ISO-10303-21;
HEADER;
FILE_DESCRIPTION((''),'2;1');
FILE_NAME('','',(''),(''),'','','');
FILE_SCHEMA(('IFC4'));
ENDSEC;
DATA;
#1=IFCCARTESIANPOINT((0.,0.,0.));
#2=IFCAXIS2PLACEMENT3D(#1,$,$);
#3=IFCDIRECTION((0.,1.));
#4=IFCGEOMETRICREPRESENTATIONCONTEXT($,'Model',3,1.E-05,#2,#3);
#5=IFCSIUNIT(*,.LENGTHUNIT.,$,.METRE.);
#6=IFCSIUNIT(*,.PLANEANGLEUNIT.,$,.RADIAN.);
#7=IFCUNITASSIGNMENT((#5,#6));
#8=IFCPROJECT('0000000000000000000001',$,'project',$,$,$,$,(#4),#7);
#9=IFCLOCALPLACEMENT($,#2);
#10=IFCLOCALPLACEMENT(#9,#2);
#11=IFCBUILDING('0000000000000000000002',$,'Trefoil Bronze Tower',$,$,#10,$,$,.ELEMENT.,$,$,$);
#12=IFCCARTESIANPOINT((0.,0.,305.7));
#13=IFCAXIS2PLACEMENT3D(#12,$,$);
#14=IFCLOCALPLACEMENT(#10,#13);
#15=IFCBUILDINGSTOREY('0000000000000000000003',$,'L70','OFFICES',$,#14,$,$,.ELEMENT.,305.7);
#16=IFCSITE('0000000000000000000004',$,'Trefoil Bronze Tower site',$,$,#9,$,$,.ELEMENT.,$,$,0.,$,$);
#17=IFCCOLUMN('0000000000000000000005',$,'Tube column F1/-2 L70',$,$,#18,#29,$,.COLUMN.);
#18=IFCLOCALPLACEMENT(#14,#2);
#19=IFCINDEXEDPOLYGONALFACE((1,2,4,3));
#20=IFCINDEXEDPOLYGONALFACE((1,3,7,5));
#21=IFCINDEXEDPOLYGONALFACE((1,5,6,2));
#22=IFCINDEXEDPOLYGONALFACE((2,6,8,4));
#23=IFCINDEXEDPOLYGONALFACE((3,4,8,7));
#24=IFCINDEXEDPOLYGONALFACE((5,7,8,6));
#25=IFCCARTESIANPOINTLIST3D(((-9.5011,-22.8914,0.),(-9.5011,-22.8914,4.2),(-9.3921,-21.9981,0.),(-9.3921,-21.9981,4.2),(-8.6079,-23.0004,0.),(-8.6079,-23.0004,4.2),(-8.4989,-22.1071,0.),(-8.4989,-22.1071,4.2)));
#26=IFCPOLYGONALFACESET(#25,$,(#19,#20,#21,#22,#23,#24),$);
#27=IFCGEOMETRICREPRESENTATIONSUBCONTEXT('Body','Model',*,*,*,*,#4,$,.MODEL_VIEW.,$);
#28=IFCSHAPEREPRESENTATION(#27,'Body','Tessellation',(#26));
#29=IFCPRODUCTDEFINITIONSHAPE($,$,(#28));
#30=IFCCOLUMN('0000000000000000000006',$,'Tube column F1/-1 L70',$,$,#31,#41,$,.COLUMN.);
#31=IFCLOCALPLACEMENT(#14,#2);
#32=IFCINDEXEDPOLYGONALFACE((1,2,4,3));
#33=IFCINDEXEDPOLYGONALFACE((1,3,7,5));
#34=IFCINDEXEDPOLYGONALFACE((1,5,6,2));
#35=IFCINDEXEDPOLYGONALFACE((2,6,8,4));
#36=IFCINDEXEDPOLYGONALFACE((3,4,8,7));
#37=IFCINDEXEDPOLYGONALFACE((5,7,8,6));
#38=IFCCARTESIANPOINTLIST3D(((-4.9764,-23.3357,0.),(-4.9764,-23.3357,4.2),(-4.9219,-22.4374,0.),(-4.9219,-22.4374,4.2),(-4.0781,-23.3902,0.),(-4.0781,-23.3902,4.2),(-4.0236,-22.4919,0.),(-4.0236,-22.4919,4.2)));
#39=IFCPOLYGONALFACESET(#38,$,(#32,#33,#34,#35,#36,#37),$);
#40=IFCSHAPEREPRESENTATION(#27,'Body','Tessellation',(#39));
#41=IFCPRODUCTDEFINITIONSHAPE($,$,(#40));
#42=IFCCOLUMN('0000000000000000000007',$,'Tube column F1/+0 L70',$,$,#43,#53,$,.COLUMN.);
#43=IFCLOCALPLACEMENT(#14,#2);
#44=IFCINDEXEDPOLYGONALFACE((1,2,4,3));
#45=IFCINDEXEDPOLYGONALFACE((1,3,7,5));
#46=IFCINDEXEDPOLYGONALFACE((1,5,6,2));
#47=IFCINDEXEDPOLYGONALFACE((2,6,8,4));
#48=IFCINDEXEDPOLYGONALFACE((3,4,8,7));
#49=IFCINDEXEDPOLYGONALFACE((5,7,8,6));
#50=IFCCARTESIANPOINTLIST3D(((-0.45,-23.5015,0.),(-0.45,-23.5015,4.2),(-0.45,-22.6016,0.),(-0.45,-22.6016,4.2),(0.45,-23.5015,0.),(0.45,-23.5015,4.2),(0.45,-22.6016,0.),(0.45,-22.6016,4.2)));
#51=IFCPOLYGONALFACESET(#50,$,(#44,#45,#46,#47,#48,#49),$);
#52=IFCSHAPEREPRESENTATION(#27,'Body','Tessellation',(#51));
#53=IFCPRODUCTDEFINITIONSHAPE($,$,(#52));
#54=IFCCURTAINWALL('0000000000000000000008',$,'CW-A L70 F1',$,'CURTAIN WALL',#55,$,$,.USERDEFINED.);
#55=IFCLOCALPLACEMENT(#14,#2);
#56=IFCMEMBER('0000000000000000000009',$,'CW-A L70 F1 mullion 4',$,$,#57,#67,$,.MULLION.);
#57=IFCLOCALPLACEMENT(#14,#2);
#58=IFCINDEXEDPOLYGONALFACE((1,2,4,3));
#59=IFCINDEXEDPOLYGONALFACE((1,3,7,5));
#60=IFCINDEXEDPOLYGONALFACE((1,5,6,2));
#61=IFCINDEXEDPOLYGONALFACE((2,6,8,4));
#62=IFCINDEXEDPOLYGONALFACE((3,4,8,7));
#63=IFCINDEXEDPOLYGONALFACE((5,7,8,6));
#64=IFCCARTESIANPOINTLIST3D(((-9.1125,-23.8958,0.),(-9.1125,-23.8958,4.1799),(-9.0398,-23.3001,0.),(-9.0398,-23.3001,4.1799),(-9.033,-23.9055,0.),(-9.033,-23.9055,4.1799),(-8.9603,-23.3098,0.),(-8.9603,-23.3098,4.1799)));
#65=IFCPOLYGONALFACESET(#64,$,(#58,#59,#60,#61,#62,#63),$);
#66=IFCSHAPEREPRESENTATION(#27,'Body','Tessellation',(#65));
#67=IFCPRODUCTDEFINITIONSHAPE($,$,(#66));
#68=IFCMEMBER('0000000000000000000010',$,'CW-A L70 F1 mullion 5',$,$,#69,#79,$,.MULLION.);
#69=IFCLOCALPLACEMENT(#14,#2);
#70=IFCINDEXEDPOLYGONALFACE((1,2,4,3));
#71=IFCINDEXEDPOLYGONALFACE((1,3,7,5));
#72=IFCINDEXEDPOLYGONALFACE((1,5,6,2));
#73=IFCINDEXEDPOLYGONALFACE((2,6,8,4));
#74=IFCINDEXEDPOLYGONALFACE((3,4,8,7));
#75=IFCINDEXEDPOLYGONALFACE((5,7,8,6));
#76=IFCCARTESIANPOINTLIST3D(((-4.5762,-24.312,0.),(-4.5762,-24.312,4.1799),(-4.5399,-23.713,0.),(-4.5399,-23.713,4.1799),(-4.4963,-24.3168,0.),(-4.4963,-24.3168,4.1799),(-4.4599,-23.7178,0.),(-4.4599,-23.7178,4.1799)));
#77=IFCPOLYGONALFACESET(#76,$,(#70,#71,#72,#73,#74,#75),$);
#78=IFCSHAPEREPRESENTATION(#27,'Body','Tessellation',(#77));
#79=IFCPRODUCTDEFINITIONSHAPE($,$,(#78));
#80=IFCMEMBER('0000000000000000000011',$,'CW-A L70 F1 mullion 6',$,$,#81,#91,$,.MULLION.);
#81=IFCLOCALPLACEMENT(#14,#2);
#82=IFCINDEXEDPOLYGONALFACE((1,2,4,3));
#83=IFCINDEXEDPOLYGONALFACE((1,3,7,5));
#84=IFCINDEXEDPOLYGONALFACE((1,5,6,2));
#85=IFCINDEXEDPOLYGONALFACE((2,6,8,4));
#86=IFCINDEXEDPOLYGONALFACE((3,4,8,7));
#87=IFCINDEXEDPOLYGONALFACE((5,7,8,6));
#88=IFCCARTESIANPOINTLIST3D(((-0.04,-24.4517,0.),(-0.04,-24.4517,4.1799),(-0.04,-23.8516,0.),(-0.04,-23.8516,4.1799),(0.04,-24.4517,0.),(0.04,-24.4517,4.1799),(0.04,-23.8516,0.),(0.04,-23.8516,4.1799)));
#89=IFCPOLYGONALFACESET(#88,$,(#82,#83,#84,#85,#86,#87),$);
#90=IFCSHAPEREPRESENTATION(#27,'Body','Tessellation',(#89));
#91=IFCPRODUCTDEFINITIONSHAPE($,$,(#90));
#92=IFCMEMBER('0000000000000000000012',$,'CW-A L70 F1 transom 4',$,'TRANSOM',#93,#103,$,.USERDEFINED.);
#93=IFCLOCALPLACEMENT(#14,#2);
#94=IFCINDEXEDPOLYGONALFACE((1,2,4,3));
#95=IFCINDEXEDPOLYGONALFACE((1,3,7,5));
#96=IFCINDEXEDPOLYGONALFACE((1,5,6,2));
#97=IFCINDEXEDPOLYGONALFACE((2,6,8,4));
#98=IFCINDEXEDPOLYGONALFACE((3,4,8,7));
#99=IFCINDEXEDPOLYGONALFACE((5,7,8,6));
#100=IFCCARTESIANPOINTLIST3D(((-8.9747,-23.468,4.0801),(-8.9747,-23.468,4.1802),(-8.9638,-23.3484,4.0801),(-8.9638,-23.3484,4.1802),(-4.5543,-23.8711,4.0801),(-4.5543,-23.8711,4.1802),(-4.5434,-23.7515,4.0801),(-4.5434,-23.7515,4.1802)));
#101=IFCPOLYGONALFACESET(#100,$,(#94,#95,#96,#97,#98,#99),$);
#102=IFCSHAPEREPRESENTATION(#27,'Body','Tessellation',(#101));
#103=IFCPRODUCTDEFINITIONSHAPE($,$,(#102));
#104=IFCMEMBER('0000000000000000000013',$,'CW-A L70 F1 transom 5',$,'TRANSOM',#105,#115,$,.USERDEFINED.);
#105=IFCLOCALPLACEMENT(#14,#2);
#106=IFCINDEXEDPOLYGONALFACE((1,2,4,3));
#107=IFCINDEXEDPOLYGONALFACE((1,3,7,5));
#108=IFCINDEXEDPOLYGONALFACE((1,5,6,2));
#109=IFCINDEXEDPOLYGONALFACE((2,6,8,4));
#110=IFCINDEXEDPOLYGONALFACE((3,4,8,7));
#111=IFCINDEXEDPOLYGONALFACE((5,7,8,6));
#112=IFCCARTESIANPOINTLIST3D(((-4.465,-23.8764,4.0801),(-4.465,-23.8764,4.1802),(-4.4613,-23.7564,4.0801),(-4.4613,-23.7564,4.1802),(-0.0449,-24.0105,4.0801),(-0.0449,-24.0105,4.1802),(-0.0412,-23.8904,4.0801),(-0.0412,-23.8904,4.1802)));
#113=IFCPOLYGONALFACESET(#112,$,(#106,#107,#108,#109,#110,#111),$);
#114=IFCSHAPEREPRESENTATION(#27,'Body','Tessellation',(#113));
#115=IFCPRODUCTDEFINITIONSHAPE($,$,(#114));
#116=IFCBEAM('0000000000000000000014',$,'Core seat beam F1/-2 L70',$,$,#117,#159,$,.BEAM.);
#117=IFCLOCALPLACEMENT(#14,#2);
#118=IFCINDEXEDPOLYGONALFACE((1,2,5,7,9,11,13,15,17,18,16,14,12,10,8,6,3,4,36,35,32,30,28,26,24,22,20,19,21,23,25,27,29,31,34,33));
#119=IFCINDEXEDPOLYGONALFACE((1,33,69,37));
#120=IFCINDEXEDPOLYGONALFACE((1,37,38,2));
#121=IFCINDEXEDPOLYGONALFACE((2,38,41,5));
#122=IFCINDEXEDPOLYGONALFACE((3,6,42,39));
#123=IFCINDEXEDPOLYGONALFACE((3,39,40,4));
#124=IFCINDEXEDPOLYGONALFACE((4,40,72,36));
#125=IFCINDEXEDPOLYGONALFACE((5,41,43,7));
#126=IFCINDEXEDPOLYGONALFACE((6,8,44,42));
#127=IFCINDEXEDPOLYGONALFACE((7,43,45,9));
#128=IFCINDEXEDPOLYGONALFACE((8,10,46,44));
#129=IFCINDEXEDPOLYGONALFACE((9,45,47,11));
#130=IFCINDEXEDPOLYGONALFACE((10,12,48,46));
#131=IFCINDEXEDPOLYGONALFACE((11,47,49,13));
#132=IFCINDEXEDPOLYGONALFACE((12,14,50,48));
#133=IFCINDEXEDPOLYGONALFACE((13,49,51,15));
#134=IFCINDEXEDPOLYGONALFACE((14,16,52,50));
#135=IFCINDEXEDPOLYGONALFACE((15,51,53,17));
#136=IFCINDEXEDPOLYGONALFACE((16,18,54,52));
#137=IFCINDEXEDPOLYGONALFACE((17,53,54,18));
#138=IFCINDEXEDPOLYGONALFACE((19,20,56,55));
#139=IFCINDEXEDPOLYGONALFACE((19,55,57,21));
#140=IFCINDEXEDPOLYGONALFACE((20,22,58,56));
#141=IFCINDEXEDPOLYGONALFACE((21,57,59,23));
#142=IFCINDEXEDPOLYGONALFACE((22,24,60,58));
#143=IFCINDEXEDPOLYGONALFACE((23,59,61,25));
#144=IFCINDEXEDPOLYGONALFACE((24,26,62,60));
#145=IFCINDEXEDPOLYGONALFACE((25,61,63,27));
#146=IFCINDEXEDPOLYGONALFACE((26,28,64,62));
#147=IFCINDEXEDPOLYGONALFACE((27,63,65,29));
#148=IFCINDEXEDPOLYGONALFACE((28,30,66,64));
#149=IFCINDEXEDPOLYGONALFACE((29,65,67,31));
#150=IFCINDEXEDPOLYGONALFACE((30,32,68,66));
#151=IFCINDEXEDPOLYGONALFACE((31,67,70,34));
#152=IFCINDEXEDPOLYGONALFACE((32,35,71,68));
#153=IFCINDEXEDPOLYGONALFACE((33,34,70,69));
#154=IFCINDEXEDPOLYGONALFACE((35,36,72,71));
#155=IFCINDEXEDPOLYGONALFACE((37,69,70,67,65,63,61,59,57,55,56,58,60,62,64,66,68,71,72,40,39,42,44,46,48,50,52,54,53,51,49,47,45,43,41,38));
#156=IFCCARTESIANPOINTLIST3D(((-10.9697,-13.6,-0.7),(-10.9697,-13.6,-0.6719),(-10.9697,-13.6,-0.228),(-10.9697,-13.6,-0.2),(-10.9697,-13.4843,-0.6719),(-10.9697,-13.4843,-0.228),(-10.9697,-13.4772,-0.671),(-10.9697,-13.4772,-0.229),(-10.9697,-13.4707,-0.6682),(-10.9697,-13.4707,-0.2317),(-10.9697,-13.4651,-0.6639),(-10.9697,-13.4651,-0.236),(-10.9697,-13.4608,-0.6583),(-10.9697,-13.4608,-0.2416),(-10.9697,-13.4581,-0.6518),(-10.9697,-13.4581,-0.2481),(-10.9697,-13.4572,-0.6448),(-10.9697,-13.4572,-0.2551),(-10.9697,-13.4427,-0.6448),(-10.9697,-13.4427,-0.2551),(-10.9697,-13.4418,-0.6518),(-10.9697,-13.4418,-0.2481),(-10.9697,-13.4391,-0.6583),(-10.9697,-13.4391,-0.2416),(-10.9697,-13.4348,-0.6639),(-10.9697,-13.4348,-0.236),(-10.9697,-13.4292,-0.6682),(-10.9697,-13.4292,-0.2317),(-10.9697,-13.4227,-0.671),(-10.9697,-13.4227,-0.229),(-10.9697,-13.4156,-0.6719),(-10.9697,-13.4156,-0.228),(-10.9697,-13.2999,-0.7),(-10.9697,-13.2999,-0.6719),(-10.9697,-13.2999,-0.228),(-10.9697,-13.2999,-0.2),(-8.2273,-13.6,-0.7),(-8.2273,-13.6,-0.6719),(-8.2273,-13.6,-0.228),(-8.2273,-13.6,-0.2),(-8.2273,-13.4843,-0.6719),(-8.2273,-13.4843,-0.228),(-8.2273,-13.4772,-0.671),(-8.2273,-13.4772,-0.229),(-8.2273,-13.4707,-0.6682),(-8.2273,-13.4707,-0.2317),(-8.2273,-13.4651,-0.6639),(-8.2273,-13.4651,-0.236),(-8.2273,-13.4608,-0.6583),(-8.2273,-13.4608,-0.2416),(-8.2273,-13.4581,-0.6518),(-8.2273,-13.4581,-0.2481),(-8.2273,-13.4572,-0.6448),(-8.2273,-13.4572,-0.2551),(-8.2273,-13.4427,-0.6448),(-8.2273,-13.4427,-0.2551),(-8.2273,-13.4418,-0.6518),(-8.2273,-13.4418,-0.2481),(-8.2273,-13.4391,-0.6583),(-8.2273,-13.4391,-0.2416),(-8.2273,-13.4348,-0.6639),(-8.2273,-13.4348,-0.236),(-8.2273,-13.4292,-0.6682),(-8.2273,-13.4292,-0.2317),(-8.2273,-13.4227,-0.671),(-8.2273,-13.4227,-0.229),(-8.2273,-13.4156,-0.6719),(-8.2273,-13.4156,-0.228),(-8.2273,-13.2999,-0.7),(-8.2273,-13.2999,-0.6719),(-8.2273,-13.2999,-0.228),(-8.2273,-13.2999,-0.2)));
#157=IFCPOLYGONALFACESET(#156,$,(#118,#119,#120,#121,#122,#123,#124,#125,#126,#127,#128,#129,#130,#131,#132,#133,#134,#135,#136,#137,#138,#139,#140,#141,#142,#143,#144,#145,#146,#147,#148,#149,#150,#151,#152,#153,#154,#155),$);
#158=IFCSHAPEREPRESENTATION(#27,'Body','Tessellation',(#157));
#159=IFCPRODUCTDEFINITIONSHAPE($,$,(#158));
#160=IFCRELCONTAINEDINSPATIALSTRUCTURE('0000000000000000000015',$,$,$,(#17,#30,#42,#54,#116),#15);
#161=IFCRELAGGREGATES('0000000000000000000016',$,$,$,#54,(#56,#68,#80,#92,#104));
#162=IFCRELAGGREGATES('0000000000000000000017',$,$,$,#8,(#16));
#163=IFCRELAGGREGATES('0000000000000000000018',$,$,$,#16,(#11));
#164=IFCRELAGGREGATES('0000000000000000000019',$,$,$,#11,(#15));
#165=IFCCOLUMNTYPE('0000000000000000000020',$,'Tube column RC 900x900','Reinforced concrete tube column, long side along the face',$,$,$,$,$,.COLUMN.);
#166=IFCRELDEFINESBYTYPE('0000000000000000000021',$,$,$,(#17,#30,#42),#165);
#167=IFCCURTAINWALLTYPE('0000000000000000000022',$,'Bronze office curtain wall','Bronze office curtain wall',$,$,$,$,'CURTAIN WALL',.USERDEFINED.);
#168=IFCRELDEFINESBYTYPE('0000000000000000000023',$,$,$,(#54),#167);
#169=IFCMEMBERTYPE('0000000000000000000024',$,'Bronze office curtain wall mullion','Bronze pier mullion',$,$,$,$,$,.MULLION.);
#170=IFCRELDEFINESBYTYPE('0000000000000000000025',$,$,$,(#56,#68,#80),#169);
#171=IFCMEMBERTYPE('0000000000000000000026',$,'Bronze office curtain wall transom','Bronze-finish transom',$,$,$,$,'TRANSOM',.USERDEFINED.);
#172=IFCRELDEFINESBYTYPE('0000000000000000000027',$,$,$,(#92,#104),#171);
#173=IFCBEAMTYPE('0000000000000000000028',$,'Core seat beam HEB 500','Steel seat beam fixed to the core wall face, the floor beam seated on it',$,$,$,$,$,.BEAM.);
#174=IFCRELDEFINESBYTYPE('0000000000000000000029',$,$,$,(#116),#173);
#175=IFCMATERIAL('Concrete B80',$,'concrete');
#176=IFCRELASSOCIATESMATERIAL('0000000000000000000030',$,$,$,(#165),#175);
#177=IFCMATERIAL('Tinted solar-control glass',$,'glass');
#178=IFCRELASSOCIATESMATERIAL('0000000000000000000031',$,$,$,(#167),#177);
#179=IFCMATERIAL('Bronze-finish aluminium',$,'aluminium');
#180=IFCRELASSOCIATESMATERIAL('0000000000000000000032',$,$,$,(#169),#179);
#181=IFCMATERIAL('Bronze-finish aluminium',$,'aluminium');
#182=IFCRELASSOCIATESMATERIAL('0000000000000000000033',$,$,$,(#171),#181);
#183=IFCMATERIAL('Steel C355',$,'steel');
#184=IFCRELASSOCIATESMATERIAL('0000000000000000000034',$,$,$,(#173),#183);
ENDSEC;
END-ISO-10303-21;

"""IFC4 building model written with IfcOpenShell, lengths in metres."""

from ifc_helpers import new_model, si_unit, direction, frame, origin, origin_2d, place, context, subcontext, project, spatial, rectangle, i_section, extrude, material, material_profile, profile_set, type_object, element, aggregate, save


model = new_model("IFC4")

# Units and contexts
model_context = context("Model", 3, precision=1e-05, world=origin(), true_north=direction((0.0, 1.0)))
body_context = subcontext(model_context, "Body", "Model", "MODEL_VIEW")
ifc_project = project(units=[si_unit("LENGTHUNIT", "METRE"), si_unit("PLANEANGLEUNIT", "RADIAN")], contexts=[model_context])

# Site, building, storey
site_placement = place(None, origin())
site = spatial("IfcSite", under=ifc_project, at=site_placement, Name="Trefoil Bronze Tower site", CompositionType="ELEMENT", RefElevation=0.0)
building_placement = place(site_placement, origin())
building = spatial("IfcBuilding", under=site, at=building_placement, Name="Trefoil Bronze Tower", CompositionType="ELEMENT")
storey_placement = place(building_placement, frame((0.0, 0.0, 305.7)))
storey = spatial("IfcBuildingStorey", under=building, at=storey_placement, Name="L70", Description="OFFICES", CompositionType="ELEMENT", Elevation=305.7)

# Columns
ifc_material_1 = material(Name="Concrete B80", Category="concrete")
ifc_material_profile_1 = material_profile(ifc_material_1, rectangle(XDim=0.8999, YDim=0.8999, at=origin_2d()), Name="RC 900x900")
ifc_profile_set_1 = profile_set([ifc_material_profile_1], Name="Concrete B80")
column_type = type_object("IfcColumnType", Name="Tube column RC 900x900", Description="Reinforced concrete tube column, long side along the face", PredefinedType="COLUMN", material=ifc_profile_set_1)
for number, where, z_axis, x_axis, name in (
    (1, (-9.0, -22.4993, 0.0), (0.0, 0.0, 1.0), (0.992639, -0.121109, 0.0), "Tube column F1/-2 L70"),
    (2, (-4.5, -22.9138, 0.0), (0.0, 0.0, 1.0), (0.998165, -0.060554, 0.0), "Tube column F1/-1 L70"),
    (3, (0.0, -23.0515, 0.0), (0.0, 0.0, 1.0), (1.0, 0.0, 0.0), "Tube column F1/+0 L70"),
):
    element("IfcColumn", number, at=place(storey_placement, frame(where, z_axis=z_axis, x_axis=x_axis)), inside=storey, type_object=column_type, Name=name, PredefinedType="COLUMN", context=body_context, shape_type="SweptSolid", body=[
        extrude(rectangle(XDim=0.8999, YDim=0.8999, at=origin_2d()), origin(), (0.0, 0.0, 1.0), 4.2),
    ])

# Curtain wall, members
ifc_material_2 = material(Name="Tinted solar-control glass", Category="glass")
curtain_wall_type = type_object("IfcCurtainWallType", Name="Bronze office curtain wall", Description="Bronze office curtain wall", ElementType="CURTAIN WALL", PredefinedType="USERDEFINED", material=ifc_material_2)
curtain_wall_placement = place(storey_placement, origin())
curtain_wall = element("IfcCurtainWall", 4, at=curtain_wall_placement, inside=storey, type_object=curtain_wall_type, Name="CW-A L70 F1", ObjectType="CURTAIN WALL", PredefinedType="USERDEFINED")
ifc_material_3 = material(Name="Bronze-finish aluminium", Category="aluminium")
ifc_material_profile_2 = material_profile(ifc_material_3, rectangle(XDim=0.6001, YDim=0.0801, at=origin_2d()), Name="CW-A mullion")
ifc_profile_set_2 = profile_set([ifc_material_profile_2], Name="Bronze-finish aluminium")
member_type_1 = type_object("IfcMemberType", Name="Bronze office curtain wall mullion", Description="Bronze pier mullion", PredefinedType="MULLION", material=ifc_profile_set_2)
member_1_placement = place(storey_placement, frame((-9.0364, -23.6028, 0.0), z_axis=(0.0, 0.0, 1.0), x_axis=(0.121109, 0.992639, 0.0)))
member_1 = element("IfcMember", 5, at=member_1_placement, type_object=member_type_1, Name="CW-A L70 F1 mullion 4", PredefinedType="MULLION", context=body_context, shape_type="SweptSolid", body=[
    extrude(rectangle(XDim=0.6001, YDim=0.0801, at=origin_2d()), origin(), (0.0, 0.0, 1.0), 4.1799),
])
member_2_placement = place(storey_placement, frame((-4.5181, -24.0149, 0.0), z_axis=(0.0, 0.0, 1.0), x_axis=(0.060554, 0.998165, 0.0)))
member_2 = element("IfcMember", 6, at=member_2_placement, type_object=member_type_1, Name="CW-A L70 F1 mullion 5", PredefinedType="MULLION", context=body_context, shape_type="SweptSolid", body=[
    extrude(rectangle(XDim=0.6001, YDim=0.0801, at=origin_2d()), origin(), (0.0, 0.0, 1.0), 4.1799),
])
member_3_placement = place(storey_placement, frame((0.0, -24.1516, 0.0), z_axis=(0.0, 0.0, 1.0), x_axis=(0.0, 1.0, 0.0)))
member_3 = element("IfcMember", 7, at=member_3_placement, type_object=member_type_1, Name="CW-A L70 F1 mullion 6", PredefinedType="MULLION", context=body_context, shape_type="SweptSolid", body=[
    extrude(rectangle(XDim=0.6001, YDim=0.0801, at=origin_2d()), origin(), (0.0, 0.0, 1.0), 4.1799),
])
ifc_material_4 = material(Name="Bronze-finish aluminium", Category="aluminium")
ifc_material_profile_3 = material_profile(ifc_material_4, rectangle(XDim=0.1201, YDim=0.1001, at=origin_2d()), Name="CW-A transom")
ifc_profile_set_3 = profile_set([ifc_material_profile_3], Name="Bronze-finish aluminium")
member_type_2 = type_object("IfcMemberType", Name="Bronze office curtain wall transom", Description="Bronze-finish transom", ElementType="TRANSOM", PredefinedType="USERDEFINED", material=ifc_profile_set_3)
member_4_placement = place(storey_placement, frame((-8.9692, -23.4082, 4.1301), z_axis=(0.995868, -0.090808, 0.0), x_axis=(0.090808, 0.995868, 0.0)))
member_4 = element("IfcMember", 8, at=member_4_placement, type_object=member_type_2, Name="CW-A L70 F1 transom 4", ObjectType="TRANSOM", PredefinedType="USERDEFINED", context=body_context, shape_type="SweptSolid", body=[
    extrude(rectangle(XDim=0.1201, YDim=0.1001, at=origin_2d()), origin(), (0.0, 0.0, 1.0), 4.4387),
])
member_5_placement = place(storey_placement, frame((-4.4631, -23.8164, 4.1301), z_axis=(0.999541, -0.030309, 0.0), x_axis=(0.030309, 0.999541, 0.0)))
member_5 = element("IfcMember", 9, at=member_5_placement, type_object=member_type_2, Name="CW-A L70 F1 transom 5", ObjectType="TRANSOM", PredefinedType="USERDEFINED", context=body_context, shape_type="SweptSolid", body=[
    extrude(rectangle(XDim=0.1201, YDim=0.1001, at=origin_2d()), origin(), (0.0, 0.0, 1.0), 4.4221),
])

# Beam
ifc_material_5 = material(Name="Steel C355", Category="steel")
ifc_material_profile_4 = material_profile(ifc_material_5, i_section(OverallWidth=0.3, OverallDepth=0.5, WebThickness=0.0144, FlangeThickness=0.0281, FilletRadius=0.0271, at=origin_2d()), Name="HEB 500")
ifc_profile_set_4 = profile_set([ifc_material_profile_4], Name="Steel C355")
beam_type_1 = type_object("IfcBeamType", Name="Core seat beam HEB 500", Description="Steel seat beam fixed to the core wall face, the floor beam seated on it", PredefinedType="BEAM", material=ifc_profile_set_4)
for number, where, z_axis, x_axis, name in (
    (10, (-10.9697, -13.45, -0.45), (1.0, 0.0, 0.0), (0.0, 1.0, 0.0), "Core seat beam F1/-2 L70"),
):
    element("IfcBeam", number, at=place(storey_placement, frame(where, z_axis=z_axis, x_axis=x_axis)), inside=storey, type_object=beam_type_1, Name=name, PredefinedType="BEAM", context=body_context, shape_type="SweptSolid", body=[
        extrude(i_section(OverallWidth=0.3, OverallDepth=0.5, WebThickness=0.0144, FlangeThickness=0.0281, FilletRadius=0.0271, at=origin_2d()), origin(), (0.0, 0.0, 1.0), 2.7424),
    ])

aggregate(curtain_wall, [member_1, member_2, member_3, member_4, member_5])

save(model, "model.ifc")
